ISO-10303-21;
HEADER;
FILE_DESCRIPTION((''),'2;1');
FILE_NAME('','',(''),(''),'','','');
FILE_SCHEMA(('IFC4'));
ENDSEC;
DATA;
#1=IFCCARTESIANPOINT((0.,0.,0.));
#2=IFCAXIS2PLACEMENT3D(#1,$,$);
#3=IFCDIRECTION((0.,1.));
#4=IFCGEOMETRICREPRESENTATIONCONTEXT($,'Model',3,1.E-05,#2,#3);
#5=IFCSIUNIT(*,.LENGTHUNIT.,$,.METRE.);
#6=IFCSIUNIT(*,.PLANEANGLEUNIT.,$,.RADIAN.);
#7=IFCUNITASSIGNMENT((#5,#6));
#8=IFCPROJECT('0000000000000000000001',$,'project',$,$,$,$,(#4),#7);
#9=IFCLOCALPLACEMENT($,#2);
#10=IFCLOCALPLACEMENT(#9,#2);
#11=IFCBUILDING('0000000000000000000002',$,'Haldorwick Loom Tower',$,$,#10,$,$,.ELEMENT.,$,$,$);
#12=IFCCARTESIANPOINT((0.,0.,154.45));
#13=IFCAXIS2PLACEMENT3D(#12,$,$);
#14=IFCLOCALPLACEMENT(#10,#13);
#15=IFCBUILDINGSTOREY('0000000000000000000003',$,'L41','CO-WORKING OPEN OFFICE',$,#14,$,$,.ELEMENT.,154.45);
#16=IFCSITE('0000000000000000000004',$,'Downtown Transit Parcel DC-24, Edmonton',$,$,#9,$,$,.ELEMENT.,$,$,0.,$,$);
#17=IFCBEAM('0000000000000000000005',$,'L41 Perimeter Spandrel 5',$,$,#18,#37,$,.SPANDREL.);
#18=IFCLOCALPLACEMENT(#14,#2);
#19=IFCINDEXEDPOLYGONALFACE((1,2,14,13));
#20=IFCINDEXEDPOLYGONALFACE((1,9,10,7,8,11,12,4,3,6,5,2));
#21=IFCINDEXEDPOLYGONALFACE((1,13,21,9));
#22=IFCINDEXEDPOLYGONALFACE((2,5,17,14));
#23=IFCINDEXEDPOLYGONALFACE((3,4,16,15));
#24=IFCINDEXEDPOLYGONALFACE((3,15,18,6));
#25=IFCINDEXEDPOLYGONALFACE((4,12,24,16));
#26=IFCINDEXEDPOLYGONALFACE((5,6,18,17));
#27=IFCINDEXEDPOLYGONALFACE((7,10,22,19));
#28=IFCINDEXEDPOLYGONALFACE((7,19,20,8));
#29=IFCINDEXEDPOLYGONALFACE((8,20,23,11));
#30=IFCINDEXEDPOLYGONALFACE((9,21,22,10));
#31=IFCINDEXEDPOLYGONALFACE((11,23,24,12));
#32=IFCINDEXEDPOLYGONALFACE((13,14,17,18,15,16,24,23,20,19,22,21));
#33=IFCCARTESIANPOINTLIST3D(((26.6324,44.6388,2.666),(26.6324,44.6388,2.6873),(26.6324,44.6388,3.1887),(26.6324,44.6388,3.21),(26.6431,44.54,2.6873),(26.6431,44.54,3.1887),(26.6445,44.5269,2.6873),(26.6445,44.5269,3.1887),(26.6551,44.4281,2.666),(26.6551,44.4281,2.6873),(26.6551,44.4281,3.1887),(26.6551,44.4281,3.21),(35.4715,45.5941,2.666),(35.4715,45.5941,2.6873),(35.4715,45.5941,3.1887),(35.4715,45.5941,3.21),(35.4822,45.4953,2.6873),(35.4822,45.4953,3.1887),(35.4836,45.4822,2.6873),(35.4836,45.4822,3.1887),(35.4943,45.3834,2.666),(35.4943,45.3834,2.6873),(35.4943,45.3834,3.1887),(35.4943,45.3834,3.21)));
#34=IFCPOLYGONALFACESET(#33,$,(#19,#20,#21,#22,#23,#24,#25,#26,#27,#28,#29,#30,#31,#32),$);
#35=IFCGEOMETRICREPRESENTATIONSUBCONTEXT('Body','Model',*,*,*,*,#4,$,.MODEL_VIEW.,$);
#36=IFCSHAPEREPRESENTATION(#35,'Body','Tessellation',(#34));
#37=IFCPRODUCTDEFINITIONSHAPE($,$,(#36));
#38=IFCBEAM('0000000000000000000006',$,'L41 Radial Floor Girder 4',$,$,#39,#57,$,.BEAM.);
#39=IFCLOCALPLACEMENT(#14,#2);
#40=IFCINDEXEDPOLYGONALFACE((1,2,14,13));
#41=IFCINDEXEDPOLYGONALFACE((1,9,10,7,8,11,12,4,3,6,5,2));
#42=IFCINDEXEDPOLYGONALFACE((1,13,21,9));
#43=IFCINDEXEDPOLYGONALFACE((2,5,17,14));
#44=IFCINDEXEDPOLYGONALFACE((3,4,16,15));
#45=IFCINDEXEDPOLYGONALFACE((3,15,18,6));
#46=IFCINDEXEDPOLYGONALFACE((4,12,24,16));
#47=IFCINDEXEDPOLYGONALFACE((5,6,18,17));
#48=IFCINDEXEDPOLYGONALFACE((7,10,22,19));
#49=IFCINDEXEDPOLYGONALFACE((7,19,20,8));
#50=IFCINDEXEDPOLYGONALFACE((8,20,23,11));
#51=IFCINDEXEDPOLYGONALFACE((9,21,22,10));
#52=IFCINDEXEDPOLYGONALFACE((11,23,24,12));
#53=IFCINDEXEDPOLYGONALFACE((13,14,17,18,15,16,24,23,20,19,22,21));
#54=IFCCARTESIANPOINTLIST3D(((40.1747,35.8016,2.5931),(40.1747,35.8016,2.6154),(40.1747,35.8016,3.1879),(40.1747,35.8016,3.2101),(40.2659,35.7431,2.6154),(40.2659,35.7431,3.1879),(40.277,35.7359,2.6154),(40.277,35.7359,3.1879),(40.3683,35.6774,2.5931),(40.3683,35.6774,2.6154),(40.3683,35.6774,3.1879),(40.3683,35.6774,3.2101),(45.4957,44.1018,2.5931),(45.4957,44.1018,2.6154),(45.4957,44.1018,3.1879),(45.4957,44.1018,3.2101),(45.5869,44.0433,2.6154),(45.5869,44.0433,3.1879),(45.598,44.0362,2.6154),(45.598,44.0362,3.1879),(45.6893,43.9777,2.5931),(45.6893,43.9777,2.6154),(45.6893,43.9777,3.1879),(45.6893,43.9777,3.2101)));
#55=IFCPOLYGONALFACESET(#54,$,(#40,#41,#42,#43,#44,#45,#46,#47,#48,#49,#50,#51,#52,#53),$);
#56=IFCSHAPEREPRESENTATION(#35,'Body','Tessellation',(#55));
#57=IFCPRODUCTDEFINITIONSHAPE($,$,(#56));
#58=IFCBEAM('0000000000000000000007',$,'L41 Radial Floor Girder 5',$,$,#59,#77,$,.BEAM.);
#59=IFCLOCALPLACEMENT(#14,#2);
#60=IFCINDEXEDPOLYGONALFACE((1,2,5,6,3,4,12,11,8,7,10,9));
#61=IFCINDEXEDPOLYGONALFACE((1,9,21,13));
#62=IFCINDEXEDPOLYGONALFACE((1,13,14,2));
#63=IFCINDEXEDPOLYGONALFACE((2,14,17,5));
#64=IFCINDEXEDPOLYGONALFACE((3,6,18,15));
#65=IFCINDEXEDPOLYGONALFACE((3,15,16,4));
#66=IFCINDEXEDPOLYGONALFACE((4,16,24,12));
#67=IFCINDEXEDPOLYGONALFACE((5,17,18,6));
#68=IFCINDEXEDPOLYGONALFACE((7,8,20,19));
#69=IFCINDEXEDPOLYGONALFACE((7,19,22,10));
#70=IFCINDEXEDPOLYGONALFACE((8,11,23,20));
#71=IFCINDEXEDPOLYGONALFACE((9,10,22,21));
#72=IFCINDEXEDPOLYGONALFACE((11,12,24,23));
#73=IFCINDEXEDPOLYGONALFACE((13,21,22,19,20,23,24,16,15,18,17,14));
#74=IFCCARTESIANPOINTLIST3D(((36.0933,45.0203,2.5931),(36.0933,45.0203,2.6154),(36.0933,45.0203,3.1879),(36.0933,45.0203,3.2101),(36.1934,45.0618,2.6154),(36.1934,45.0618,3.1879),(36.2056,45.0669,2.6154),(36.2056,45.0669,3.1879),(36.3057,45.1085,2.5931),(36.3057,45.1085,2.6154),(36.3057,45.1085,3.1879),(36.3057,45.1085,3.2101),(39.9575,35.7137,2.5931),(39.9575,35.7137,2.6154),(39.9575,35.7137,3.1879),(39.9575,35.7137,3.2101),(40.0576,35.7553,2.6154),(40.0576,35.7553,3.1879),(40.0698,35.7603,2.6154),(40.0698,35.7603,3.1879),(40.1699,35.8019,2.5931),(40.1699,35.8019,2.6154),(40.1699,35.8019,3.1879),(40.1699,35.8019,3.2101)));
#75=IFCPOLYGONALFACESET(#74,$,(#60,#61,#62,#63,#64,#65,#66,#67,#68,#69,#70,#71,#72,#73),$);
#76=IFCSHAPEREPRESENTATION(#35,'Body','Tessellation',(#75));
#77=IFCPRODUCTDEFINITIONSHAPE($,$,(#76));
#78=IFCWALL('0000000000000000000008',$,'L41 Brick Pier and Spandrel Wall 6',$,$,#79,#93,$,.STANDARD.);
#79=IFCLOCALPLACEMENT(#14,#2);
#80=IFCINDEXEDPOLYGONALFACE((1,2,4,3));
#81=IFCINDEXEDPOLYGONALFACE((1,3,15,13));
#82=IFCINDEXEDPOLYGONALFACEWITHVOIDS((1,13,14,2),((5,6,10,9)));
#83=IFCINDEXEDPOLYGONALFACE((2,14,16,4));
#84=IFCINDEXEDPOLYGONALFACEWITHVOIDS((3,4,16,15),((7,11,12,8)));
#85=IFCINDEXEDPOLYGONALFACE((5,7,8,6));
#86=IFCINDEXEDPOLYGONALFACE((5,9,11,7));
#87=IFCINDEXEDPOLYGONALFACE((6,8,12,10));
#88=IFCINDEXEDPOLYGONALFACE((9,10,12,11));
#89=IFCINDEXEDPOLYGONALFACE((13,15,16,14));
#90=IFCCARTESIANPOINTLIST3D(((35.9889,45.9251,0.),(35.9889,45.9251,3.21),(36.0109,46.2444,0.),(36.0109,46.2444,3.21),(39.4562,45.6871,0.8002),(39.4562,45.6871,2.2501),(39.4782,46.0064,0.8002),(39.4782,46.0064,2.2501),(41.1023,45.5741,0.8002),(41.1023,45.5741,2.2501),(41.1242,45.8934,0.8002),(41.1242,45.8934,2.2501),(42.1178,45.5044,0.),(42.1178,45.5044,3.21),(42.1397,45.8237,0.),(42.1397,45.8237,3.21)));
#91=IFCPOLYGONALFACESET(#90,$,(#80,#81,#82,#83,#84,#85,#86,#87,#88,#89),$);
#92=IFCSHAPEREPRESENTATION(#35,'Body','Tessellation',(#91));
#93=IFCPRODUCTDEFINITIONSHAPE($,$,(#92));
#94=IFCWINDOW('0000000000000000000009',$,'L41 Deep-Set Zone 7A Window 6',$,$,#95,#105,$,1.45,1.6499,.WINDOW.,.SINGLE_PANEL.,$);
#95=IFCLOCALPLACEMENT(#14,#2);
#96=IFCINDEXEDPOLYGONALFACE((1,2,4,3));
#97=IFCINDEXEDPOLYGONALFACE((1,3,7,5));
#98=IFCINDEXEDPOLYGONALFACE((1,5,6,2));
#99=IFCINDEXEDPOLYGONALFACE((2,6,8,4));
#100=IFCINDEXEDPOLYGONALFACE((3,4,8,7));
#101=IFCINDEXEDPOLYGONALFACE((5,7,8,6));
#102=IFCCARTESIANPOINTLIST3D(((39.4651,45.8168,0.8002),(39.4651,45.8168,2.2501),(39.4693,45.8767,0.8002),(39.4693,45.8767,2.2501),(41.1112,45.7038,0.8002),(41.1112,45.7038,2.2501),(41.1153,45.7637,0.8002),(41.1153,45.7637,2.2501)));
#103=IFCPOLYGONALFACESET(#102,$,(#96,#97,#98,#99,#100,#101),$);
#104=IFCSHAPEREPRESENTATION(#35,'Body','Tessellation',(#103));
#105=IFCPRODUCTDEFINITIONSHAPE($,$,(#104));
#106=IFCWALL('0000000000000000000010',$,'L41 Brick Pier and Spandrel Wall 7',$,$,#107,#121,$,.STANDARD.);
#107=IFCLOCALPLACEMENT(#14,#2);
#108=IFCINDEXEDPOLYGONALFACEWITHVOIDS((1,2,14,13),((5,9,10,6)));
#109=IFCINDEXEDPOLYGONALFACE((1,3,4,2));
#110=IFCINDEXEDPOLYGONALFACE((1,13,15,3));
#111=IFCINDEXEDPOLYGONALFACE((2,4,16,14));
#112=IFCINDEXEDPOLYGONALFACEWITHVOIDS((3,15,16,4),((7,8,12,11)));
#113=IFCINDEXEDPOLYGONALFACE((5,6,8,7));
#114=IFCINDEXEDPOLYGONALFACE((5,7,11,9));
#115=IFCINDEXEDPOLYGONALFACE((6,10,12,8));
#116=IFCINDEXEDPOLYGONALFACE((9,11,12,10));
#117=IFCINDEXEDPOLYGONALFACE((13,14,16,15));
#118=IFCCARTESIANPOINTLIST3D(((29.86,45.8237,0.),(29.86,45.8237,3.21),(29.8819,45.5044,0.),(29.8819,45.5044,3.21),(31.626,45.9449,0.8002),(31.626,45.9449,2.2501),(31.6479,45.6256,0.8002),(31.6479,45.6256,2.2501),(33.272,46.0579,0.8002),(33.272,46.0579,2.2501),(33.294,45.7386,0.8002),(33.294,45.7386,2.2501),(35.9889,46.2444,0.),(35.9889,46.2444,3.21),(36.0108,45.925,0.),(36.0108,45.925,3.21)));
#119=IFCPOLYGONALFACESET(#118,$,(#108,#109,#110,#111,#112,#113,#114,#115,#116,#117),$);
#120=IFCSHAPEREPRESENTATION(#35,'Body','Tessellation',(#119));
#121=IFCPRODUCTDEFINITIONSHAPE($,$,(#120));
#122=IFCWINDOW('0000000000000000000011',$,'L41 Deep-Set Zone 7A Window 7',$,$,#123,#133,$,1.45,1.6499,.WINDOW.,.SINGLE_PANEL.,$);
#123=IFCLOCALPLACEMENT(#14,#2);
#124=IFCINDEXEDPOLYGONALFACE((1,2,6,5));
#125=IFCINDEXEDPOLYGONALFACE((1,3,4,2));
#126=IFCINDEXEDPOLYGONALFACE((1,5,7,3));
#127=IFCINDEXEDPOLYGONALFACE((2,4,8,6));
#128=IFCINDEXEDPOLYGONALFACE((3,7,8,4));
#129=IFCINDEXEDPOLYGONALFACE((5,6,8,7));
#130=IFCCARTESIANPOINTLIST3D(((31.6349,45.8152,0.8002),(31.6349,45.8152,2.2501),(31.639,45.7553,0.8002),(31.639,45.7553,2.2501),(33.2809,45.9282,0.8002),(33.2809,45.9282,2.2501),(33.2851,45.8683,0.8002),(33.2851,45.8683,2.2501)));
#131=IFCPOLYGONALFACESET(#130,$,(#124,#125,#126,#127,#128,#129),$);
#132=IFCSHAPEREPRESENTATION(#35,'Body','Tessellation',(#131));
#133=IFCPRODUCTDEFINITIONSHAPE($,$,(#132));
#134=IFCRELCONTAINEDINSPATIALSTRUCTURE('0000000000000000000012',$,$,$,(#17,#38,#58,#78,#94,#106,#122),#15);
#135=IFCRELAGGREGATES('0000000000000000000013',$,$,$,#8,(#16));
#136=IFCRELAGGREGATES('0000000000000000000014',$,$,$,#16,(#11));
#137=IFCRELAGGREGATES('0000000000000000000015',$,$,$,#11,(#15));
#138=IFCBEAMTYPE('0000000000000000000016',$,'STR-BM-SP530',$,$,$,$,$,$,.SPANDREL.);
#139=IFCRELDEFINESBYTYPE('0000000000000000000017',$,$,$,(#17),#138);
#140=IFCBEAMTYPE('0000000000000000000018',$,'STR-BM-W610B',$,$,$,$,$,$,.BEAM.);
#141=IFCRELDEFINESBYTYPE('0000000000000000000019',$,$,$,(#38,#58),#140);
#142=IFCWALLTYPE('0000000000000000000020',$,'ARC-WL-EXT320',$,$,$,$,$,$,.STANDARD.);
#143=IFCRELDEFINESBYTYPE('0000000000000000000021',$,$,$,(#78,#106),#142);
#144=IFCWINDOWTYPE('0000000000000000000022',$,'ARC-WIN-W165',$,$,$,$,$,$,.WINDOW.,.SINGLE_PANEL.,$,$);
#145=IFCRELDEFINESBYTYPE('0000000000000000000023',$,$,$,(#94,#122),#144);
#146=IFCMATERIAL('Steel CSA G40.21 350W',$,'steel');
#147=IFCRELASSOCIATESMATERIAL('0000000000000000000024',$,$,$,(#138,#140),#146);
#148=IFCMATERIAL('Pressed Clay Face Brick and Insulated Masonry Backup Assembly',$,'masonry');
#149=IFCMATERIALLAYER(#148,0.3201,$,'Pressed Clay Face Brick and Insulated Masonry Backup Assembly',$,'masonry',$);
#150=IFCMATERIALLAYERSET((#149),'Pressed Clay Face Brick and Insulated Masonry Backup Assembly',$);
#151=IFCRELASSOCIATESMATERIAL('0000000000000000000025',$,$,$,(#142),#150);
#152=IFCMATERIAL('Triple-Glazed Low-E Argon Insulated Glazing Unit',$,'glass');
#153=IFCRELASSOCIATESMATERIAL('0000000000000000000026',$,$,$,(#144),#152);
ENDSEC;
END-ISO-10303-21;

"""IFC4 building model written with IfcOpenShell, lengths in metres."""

from ifc_helpers import new_model, si_unit, direction, frame, frame_2d, origin, origin_2d, place, context, subcontext, project, spatial, rectangle, i_section, extrude, material, layer, layer_set, material_profile, profile_set, type_object, element, fill, save


model = new_model("IFC4")

# Units and contexts
model_context = context("Model", 3, precision=1e-05, world=origin(), true_north=direction((0.0, 1.0)))
body_context = subcontext(model_context, "Body", "Model", "MODEL_VIEW")
ifc_project = project(units=[si_unit("LENGTHUNIT", "METRE"), si_unit("PLANEANGLEUNIT", "RADIAN")], contexts=[model_context])

# Site, building, storey
site_placement = place(None, origin())
site = spatial("IfcSite", under=ifc_project, at=site_placement, Name="Downtown Transit Parcel DC-24, Edmonton", CompositionType="ELEMENT", RefElevation=0.0)
building_placement = place(site_placement, origin())
building = spatial("IfcBuilding", under=site, at=building_placement, Name="Haldorwick Loom Tower", CompositionType="ELEMENT")
storey_placement = place(building_placement, frame((0.0, 0.0, 154.45)))
storey = spatial("IfcBuildingStorey", under=building, at=storey_placement, Name="L41", Description="CO-WORKING OPEN OFFICE", CompositionType="ELEMENT", Elevation=154.45)

# Beams
ifc_material_1 = material(Name="Steel CSA G40.21 350W", Category="steel")
ifc_material_profile_1 = material_profile(ifc_material_1, i_section(OverallWidth=0.2119, OverallDepth=0.5439, WebThickness=0.0132, FlangeThickness=0.0212, at=origin_2d()), Name="W530X123", Category="steel")
ifc_profile_set_1 = profile_set([ifc_material_profile_1], Name="Steel CSA G40.21 350W")
beam_type_1 = type_object("IfcBeamType", Name="STR-BM-SP530", PredefinedType="SPANDREL", material=ifc_profile_set_1)
for number, where, z_axis, x_axis, name in (
    (1, (35.4829, 45.4888, 2.938), (-0.99421, -0.107453, 0.0), (0.107453, -0.99421, 0.0), "L41 Perimeter Spandrel 5"),
):
    element("IfcBeam", number, at=place(storey_placement, frame(where, z_axis=z_axis, x_axis=x_axis)), inside=storey, type_object=beam_type_1, Name=name, PredefinedType="SPANDREL", context=body_context, shape_type="SweptSolid", body=[
        extrude(i_section(OverallWidth=0.2119, OverallDepth=0.5439, WebThickness=0.0132, FlangeThickness=0.0212, at=origin_2d()), origin(), (0.0, 0.0, 1.0), 8.8906),
    ])
ifc_material_profile_2 = material_profile(ifc_material_1, i_section(OverallWidth=0.23, OverallDepth=0.6169, WebThickness=0.0132, FlangeThickness=0.0222, at=origin_2d()), Name="W610X140", Category="steel")
ifc_profile_set_2 = profile_set([ifc_material_profile_2], Name="Steel CSA G40.21 350W")
beam_type_2 = type_object("IfcBeamType", Name="STR-BM-W610B", PredefinedType="BEAM", material=ifc_profile_set_2)
beam_1_placement = place(storey_placement, frame((40.2715, 35.7395, 2.9016), z_axis=(0.539691, 0.841863, 0.0), x_axis=(-0.841863, 0.539691, 0.0)))
element("IfcBeam", 2, at=beam_1_placement, inside=storey, type_object=beam_type_2, Name="L41 Radial Floor Girder 4", PredefinedType="BEAM", context=body_context, shape_type="SweptSolid", body=[
    extrude(i_section(OverallWidth=0.23, OverallDepth=0.6169, WebThickness=0.0132, FlangeThickness=0.0222, at=origin_2d()), origin(), (0.0, 0.0, 1.0), 9.8594),
])
beam_2_placement = place(storey_placement, frame((40.0637, 35.7578, 2.9016), z_axis=(-0.383473, 0.923552, 0.0), x_axis=(-0.923552, -0.383473, 0.0)))
element("IfcBeam", 3, at=beam_2_placement, inside=storey, type_object=beam_type_2, Name="L41 Radial Floor Girder 5", PredefinedType="BEAM", context=body_context, shape_type="SweptSolid", body=[
    extrude(i_section(OverallWidth=0.23, OverallDepth=0.6169, WebThickness=0.0132, FlangeThickness=0.0222, at=origin_2d()), origin(), (0.0, 0.0, 1.0), 10.0769),
])

# Walls, openings, windows
ifc_material_2 = material(Name="Pressed Clay Face Brick and Insulated Masonry Backup Assembly", Category="masonry")
ifc_layer = layer(ifc_material_2, 0.3201, Name="Pressed Clay Face Brick and Insulated Masonry Backup Assembly", Category="masonry")
ifc_layer_set = layer_set([ifc_layer], Name="Pressed Clay Face Brick and Insulated Masonry Backup Assembly")
wall_type = type_object("IfcWallType", Name="ARC-WL-EXT320", PredefinedType="STANDARD", material=ifc_layer_set)
wall_1_placement = place(storey_placement, frame((42.1289, 45.6641, 0.0), z_axis=(0.0, 0.0, 1.0), x_axis=(-0.997653, 0.068473, 0.0)))
wall_1 = element("IfcWall", 4, at=wall_1_placement, inside=storey, type_object=wall_type, Name="L41 Brick Pier and Spandrel Wall 6", PredefinedType="STANDARD", context=body_context, shape_type="SweptSolid", body=[
    extrude(rectangle(XDim=6.1433, YDim=0.3201, at=frame_2d((3.0718, 0.0))), origin(), (0.0, 0.0, 1.0), 3.21),
])
opening_1_placement = place(wall_1_placement, frame((1.0181, 0.0, 0.8)))
opening_1 = element("IfcOpeningElement", 5, at=opening_1_placement, cuts=wall_1, PredefinedType="OPENING", context=body_context, shape_type="SweptSolid", body=[
    extrude(rectangle(XDim=1.6499, YDim=1.45, at=frame_2d((0.825, 0.7251))), frame((0.0, 0.1699, 0.0), z_axis=(0.0, -1.0, 0.0), x_axis=(1.0, 0.0, 0.0)), (0.0, 0.0, 1.0), 0.3401),
])
ifc_material_3 = material(Name="Triple-Glazed Low-E Argon Insulated Glazing Unit", Category="glass")
window_type = type_object("IfcWindowType", Name="ARC-WIN-W165", PartitioningType="SINGLE_PANEL", PredefinedType="WINDOW", material=ifc_material_3)
window_1_placement = place(opening_1_placement, origin())
window_1 = element("IfcWindow", 6, at=window_1_placement, inside=storey, type_object=window_type, Name="L41 Deep-Set Zone 7A Window 6", OverallHeight=1.45, OverallWidth=1.6499, PartitioningType="SINGLE_PANEL", PredefinedType="WINDOW", context=body_context, shape_type="SweptSolid", body=[
    extrude(rectangle(XDim=1.6499, YDim=1.45, at=frame_2d((0.825, 0.7251))), frame((0.0, 0.03, 0.0), z_axis=(0.0, -1.0, 0.0), x_axis=(1.0, 0.0, 0.0)), (0.0, 0.0, 1.0), 0.0601),
])
fill(opening_1, window_1)
wall_2_placement = place(storey_placement, frame((36.0, 46.0847, 0.0), z_axis=(0.0, 0.0, 1.0), x_axis=(-0.997653, -0.068473, 0.0)))
wall_2 = element("IfcWall", 7, at=wall_2_placement, inside=storey, type_object=wall_type, Name="L41 Brick Pier and Spandrel Wall 7", PredefinedType="STANDARD", context=body_context, shape_type="SweptSolid", body=[
    extrude(rectangle(XDim=6.1433, YDim=0.3201, at=frame_2d((3.0718, 0.0))), origin(), (0.0, 0.0, 1.0), 3.21),
])
opening_2_placement = place(wall_2_placement, frame((2.7234, 0.0, 0.8)))
opening_2 = element("IfcOpeningElement", 8, at=opening_2_placement, cuts=wall_2, PredefinedType="OPENING", context=body_context, shape_type="SweptSolid", body=[
    extrude(rectangle(XDim=1.6499, YDim=1.45, at=frame_2d((0.825, 0.7251))), frame((0.0, 0.1699, 0.0), z_axis=(0.0, -1.0, 0.0), x_axis=(1.0, 0.0, 0.0)), (0.0, 0.0, 1.0), 0.3401),
])
window_2_placement = place(opening_2_placement, origin())
window_2 = element("IfcWindow", 9, at=window_2_placement, inside=storey, type_object=window_type, Name="L41 Deep-Set Zone 7A Window 7", OverallHeight=1.45, OverallWidth=1.6499, PartitioningType="SINGLE_PANEL", PredefinedType="WINDOW", context=body_context, shape_type="SweptSolid", body=[
    extrude(rectangle(XDim=1.6499, YDim=1.45, at=frame_2d((0.825, 0.7251))), frame((0.0, 0.03, 0.0), z_axis=(0.0, -1.0, 0.0), x_axis=(1.0, 0.0, 0.0)), (0.0, 0.0, 1.0), 0.0601),
])
fill(opening_2, window_2)

save(model, "model.ifc")
